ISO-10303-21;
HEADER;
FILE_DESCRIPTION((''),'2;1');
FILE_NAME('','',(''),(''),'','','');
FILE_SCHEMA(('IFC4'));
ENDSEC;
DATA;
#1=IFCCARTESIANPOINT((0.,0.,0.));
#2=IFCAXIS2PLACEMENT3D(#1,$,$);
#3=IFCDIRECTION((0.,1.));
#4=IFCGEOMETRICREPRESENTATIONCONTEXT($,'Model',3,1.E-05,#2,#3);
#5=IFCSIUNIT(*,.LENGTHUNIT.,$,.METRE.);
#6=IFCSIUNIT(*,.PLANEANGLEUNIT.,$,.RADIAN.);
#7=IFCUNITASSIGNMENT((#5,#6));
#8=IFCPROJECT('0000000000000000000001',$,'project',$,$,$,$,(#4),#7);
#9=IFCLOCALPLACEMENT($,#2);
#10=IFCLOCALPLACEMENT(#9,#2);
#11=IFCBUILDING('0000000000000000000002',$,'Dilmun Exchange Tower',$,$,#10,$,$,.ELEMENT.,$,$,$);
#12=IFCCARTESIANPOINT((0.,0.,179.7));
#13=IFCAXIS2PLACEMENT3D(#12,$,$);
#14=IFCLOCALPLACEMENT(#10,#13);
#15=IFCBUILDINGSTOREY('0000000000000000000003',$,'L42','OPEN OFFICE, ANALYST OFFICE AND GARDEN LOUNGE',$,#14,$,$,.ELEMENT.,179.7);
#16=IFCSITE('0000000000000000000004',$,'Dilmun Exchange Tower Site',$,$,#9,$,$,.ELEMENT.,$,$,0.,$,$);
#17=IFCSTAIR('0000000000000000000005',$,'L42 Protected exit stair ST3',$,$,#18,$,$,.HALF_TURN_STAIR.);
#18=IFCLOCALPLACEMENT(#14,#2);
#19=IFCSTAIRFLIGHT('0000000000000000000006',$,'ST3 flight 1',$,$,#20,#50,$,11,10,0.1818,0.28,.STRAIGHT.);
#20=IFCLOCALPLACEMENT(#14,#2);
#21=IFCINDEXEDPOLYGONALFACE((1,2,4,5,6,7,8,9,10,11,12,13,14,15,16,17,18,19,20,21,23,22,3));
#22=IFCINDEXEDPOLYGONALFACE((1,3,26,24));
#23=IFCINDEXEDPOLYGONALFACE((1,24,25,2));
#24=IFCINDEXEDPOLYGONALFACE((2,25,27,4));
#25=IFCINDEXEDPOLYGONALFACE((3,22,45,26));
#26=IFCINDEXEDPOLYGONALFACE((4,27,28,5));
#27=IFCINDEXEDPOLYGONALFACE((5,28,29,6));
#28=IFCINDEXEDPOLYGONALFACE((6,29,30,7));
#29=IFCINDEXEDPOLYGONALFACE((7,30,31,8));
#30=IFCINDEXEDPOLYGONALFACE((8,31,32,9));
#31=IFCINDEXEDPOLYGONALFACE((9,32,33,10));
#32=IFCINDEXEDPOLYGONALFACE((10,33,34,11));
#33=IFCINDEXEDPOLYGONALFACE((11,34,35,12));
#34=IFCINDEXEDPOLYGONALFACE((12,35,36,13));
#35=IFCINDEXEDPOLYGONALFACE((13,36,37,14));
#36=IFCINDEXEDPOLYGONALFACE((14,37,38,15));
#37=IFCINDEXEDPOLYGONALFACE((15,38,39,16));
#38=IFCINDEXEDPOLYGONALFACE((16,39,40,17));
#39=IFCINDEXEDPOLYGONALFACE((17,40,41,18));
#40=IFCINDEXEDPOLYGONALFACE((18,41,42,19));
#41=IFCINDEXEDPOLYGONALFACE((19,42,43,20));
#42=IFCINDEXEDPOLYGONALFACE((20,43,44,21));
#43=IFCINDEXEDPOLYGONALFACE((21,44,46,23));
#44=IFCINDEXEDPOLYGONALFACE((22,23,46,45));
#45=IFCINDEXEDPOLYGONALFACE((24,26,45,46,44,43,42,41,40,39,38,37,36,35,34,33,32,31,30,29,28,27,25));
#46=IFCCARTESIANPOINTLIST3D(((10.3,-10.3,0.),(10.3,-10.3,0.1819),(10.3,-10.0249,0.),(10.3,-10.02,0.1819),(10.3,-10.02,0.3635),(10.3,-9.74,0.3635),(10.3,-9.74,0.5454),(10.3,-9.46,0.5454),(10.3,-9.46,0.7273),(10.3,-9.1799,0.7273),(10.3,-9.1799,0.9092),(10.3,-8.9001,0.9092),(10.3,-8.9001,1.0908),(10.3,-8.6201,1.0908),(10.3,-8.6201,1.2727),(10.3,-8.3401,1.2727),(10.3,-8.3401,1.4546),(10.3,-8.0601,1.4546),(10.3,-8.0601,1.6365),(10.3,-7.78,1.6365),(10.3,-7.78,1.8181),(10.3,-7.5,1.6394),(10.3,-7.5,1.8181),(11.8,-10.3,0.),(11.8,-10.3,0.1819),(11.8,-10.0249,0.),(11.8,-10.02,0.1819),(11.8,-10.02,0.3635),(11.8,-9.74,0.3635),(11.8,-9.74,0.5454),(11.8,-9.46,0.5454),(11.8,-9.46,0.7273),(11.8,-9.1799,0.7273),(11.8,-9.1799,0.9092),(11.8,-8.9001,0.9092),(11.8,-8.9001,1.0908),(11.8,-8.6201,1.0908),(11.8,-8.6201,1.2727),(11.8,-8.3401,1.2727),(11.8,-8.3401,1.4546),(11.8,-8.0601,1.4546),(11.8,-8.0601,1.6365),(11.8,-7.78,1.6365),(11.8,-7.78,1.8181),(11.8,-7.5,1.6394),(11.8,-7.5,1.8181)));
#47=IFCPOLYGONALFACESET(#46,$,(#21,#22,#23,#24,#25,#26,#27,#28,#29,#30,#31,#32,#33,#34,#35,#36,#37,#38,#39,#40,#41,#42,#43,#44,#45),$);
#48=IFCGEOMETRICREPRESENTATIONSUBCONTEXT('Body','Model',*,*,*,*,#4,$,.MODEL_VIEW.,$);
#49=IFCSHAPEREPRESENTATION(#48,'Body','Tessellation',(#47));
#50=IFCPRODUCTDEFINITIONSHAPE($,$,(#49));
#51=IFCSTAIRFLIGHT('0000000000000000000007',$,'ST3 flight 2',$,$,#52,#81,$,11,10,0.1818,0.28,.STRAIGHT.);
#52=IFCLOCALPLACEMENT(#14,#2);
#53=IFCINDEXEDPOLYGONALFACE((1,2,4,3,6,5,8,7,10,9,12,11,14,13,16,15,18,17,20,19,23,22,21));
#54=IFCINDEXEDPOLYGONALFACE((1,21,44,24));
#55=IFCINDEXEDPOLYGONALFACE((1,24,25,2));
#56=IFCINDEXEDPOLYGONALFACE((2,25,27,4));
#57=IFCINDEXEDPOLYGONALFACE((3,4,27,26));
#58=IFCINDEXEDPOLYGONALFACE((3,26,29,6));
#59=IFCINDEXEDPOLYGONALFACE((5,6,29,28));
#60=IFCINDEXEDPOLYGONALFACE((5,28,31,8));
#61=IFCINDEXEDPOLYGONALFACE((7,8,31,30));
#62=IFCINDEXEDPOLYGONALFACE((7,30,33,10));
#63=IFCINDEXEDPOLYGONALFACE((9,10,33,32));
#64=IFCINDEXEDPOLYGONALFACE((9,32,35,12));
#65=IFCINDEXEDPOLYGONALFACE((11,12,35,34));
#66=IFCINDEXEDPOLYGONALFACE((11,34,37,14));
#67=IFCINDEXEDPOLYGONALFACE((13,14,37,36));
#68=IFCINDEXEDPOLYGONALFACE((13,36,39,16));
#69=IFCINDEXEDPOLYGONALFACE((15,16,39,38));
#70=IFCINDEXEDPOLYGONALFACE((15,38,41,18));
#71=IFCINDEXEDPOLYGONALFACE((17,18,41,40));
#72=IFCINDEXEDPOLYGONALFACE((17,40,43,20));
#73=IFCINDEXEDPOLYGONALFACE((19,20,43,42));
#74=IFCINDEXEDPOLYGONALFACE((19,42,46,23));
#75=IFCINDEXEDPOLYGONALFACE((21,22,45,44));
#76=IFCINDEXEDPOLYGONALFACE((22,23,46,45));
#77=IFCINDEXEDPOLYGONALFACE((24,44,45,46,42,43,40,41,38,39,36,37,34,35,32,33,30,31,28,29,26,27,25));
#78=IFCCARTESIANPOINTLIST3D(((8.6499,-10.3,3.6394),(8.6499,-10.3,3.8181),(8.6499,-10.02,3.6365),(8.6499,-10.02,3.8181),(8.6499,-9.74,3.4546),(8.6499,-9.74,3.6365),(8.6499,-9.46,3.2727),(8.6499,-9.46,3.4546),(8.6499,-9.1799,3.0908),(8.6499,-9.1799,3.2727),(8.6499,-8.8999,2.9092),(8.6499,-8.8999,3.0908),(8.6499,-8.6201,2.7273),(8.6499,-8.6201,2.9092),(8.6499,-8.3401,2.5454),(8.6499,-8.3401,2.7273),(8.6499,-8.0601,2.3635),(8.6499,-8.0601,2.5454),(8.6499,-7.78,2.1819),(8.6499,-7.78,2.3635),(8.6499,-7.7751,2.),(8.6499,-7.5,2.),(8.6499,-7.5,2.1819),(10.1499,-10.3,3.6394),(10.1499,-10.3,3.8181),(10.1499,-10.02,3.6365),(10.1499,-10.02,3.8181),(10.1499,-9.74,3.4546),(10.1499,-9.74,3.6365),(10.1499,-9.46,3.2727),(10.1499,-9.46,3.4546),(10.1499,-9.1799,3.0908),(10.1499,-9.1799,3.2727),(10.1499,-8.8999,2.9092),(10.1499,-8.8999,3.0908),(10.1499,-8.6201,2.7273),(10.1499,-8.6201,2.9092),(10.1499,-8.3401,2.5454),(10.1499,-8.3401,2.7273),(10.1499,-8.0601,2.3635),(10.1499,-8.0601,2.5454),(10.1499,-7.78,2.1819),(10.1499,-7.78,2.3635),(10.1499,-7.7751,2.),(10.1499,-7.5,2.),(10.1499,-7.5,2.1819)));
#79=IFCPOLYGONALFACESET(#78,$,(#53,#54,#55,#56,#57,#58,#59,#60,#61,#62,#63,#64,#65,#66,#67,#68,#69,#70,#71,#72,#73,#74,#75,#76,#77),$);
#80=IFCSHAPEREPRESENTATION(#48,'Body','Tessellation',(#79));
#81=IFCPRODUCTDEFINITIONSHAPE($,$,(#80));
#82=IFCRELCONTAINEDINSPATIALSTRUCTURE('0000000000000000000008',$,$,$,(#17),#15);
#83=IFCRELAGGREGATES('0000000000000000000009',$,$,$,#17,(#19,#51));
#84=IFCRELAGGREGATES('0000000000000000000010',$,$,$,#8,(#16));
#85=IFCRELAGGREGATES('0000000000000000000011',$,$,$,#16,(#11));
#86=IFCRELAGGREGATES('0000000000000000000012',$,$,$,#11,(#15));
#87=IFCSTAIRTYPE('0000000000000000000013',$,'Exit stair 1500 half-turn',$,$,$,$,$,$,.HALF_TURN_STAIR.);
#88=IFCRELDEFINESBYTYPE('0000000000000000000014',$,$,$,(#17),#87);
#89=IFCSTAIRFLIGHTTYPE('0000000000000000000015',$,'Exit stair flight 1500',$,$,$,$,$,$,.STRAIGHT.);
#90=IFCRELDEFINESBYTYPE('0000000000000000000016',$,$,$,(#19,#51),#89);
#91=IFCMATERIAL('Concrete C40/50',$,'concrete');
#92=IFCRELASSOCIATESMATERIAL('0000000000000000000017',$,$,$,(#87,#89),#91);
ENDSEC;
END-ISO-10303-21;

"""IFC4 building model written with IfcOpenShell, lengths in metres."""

from ifc_helpers import new_model, si_unit, direction, frame, origin, place, context, subcontext, project, spatial, polyline, outline, extrude, material, type_object, element, aggregate, save


model = new_model("IFC4")

# Units and contexts
model_context = context("Model", 3, precision=1e-05, world=origin(), true_north=direction((0.0, 1.0)))
body_context = subcontext(model_context, "Body", "Model", "MODEL_VIEW")
ifc_project = project(units=[si_unit("LENGTHUNIT", "METRE"), si_unit("PLANEANGLEUNIT", "RADIAN")], contexts=[model_context])

# Site, building, storey
site_placement = place(None, origin())
site = spatial("IfcSite", under=ifc_project, at=site_placement, Name="Dilmun Exchange Tower Site", CompositionType="ELEMENT", RefElevation=0.0)
building_placement = place(site_placement, origin())
building = spatial("IfcBuilding", under=site, at=building_placement, Name="Dilmun Exchange Tower", CompositionType="ELEMENT")
storey_placement = place(building_placement, frame((0.0, 0.0, 179.7)))
storey = spatial("IfcBuildingStorey", under=building, at=storey_placement, Name="L42", Description="OPEN OFFICE, ANALYST OFFICE AND GARDEN LOUNGE", CompositionType="ELEMENT", Elevation=179.7)

# Shared definitions
ifc_material_1 = material(Name="Concrete C40/50", Category="concrete")

# Stair, stair flights
stair_type = type_object("IfcStairType", Name="Exit stair 1500 half-turn", PredefinedType="HALF_TURN_STAIR", material=ifc_material_1)
stair_placement = place(storey_placement, origin())
stair = element("IfcStair", 1, at=stair_placement, inside=storey, type_object=stair_type, Name="L42 Protected exit stair ST3", PredefinedType="HALF_TURN_STAIR")
stair_flight_type = type_object("IfcStairFlightType", Name="Exit stair flight 1500", PredefinedType="STRAIGHT", material=ifc_material_1)
stair_flight_1_placement = place(storey_placement, frame((11.05, -10.3, 0.0), z_axis=(0.0, 0.0, 1.0), x_axis=(0.0, 1.0, 0.0)))
stair_flight_1 = element("IfcStairFlight", 2, at=stair_flight_1_placement, type_object=stair_flight_type, Name="ST3 flight 1", NumberOfRisers=11, NumberOfTreads=10, PredefinedType="STRAIGHT", RiserHeight=0.1818, TreadLength=0.28, context=body_context, shape_type="SweptSolid", body=[
    extrude(outline(polyline([(0.0, 0.0), (0.0, 0.1819), (0.28, 0.1819), (0.28, 0.3635), (0.5601, 0.3635), (0.5601, 0.5454), (0.8401, 0.5454), (0.8401, 0.7273), (1.1201, 0.7273), (1.1201, 0.9092), (1.3999, 0.9092), (1.3999, 1.0908), (1.6799, 1.0908), (1.6799, 1.2727), (1.96, 1.2727), (1.96, 1.4546), (2.24, 1.4546), (2.24, 1.6365), (2.52, 1.6365), (2.52, 1.8181), (2.8, 1.8181), (2.8, 2.0), (2.8, 1.6394), (0.2751, 0.0), (0.0, 0.0)])), frame((0.0, 0.75, 0.0), z_axis=(0.0, -1.0, 0.0), x_axis=(1.0, 0.0, 0.0)), (0.0, 0.0, 1.0), 1.5),
])
stair_flight_2_placement = place(storey_placement, frame((9.3999, -7.5, 2.0), z_axis=(0.0, 0.0, 1.0), x_axis=(0.0, -1.0, 0.0)))
stair_flight_2 = element("IfcStairFlight", 3, at=stair_flight_2_placement, type_object=stair_flight_type, Name="ST3 flight 2", NumberOfRisers=11, NumberOfTreads=10, PredefinedType="STRAIGHT", RiserHeight=0.1818, TreadLength=0.28, context=body_context, shape_type="SweptSolid", body=[
    extrude(outline(polyline([(0.0, 0.0), (0.0, 0.1819), (0.28, 0.1819), (0.28, 0.3635), (0.5601, 0.3635), (0.5601, 0.5454), (0.8401, 0.5454), (0.8401, 0.7273), (1.1201, 0.7273), (1.1201, 0.9092), (1.3999, 0.9092), (1.3999, 1.0908), (1.6799, 1.0908), (1.6799, 1.2727), (1.96, 1.2727), (1.96, 1.4546), (2.24, 1.4546), (2.24, 1.6365), (2.52, 1.6365), (2.52, 1.8181), (2.8, 1.8181), (2.8, 2.0), (2.8, 1.6394), (0.2751, 0.0), (0.0, 0.0)])), frame((0.0, 0.75, 0.0), z_axis=(0.0, -1.0, 0.0), x_axis=(1.0, 0.0, 0.0)), (0.0, 0.0, 1.0), 1.5),
])
aggregate(stair, [stair_flight_1, stair_flight_2])

save(model, "model.ifc")
